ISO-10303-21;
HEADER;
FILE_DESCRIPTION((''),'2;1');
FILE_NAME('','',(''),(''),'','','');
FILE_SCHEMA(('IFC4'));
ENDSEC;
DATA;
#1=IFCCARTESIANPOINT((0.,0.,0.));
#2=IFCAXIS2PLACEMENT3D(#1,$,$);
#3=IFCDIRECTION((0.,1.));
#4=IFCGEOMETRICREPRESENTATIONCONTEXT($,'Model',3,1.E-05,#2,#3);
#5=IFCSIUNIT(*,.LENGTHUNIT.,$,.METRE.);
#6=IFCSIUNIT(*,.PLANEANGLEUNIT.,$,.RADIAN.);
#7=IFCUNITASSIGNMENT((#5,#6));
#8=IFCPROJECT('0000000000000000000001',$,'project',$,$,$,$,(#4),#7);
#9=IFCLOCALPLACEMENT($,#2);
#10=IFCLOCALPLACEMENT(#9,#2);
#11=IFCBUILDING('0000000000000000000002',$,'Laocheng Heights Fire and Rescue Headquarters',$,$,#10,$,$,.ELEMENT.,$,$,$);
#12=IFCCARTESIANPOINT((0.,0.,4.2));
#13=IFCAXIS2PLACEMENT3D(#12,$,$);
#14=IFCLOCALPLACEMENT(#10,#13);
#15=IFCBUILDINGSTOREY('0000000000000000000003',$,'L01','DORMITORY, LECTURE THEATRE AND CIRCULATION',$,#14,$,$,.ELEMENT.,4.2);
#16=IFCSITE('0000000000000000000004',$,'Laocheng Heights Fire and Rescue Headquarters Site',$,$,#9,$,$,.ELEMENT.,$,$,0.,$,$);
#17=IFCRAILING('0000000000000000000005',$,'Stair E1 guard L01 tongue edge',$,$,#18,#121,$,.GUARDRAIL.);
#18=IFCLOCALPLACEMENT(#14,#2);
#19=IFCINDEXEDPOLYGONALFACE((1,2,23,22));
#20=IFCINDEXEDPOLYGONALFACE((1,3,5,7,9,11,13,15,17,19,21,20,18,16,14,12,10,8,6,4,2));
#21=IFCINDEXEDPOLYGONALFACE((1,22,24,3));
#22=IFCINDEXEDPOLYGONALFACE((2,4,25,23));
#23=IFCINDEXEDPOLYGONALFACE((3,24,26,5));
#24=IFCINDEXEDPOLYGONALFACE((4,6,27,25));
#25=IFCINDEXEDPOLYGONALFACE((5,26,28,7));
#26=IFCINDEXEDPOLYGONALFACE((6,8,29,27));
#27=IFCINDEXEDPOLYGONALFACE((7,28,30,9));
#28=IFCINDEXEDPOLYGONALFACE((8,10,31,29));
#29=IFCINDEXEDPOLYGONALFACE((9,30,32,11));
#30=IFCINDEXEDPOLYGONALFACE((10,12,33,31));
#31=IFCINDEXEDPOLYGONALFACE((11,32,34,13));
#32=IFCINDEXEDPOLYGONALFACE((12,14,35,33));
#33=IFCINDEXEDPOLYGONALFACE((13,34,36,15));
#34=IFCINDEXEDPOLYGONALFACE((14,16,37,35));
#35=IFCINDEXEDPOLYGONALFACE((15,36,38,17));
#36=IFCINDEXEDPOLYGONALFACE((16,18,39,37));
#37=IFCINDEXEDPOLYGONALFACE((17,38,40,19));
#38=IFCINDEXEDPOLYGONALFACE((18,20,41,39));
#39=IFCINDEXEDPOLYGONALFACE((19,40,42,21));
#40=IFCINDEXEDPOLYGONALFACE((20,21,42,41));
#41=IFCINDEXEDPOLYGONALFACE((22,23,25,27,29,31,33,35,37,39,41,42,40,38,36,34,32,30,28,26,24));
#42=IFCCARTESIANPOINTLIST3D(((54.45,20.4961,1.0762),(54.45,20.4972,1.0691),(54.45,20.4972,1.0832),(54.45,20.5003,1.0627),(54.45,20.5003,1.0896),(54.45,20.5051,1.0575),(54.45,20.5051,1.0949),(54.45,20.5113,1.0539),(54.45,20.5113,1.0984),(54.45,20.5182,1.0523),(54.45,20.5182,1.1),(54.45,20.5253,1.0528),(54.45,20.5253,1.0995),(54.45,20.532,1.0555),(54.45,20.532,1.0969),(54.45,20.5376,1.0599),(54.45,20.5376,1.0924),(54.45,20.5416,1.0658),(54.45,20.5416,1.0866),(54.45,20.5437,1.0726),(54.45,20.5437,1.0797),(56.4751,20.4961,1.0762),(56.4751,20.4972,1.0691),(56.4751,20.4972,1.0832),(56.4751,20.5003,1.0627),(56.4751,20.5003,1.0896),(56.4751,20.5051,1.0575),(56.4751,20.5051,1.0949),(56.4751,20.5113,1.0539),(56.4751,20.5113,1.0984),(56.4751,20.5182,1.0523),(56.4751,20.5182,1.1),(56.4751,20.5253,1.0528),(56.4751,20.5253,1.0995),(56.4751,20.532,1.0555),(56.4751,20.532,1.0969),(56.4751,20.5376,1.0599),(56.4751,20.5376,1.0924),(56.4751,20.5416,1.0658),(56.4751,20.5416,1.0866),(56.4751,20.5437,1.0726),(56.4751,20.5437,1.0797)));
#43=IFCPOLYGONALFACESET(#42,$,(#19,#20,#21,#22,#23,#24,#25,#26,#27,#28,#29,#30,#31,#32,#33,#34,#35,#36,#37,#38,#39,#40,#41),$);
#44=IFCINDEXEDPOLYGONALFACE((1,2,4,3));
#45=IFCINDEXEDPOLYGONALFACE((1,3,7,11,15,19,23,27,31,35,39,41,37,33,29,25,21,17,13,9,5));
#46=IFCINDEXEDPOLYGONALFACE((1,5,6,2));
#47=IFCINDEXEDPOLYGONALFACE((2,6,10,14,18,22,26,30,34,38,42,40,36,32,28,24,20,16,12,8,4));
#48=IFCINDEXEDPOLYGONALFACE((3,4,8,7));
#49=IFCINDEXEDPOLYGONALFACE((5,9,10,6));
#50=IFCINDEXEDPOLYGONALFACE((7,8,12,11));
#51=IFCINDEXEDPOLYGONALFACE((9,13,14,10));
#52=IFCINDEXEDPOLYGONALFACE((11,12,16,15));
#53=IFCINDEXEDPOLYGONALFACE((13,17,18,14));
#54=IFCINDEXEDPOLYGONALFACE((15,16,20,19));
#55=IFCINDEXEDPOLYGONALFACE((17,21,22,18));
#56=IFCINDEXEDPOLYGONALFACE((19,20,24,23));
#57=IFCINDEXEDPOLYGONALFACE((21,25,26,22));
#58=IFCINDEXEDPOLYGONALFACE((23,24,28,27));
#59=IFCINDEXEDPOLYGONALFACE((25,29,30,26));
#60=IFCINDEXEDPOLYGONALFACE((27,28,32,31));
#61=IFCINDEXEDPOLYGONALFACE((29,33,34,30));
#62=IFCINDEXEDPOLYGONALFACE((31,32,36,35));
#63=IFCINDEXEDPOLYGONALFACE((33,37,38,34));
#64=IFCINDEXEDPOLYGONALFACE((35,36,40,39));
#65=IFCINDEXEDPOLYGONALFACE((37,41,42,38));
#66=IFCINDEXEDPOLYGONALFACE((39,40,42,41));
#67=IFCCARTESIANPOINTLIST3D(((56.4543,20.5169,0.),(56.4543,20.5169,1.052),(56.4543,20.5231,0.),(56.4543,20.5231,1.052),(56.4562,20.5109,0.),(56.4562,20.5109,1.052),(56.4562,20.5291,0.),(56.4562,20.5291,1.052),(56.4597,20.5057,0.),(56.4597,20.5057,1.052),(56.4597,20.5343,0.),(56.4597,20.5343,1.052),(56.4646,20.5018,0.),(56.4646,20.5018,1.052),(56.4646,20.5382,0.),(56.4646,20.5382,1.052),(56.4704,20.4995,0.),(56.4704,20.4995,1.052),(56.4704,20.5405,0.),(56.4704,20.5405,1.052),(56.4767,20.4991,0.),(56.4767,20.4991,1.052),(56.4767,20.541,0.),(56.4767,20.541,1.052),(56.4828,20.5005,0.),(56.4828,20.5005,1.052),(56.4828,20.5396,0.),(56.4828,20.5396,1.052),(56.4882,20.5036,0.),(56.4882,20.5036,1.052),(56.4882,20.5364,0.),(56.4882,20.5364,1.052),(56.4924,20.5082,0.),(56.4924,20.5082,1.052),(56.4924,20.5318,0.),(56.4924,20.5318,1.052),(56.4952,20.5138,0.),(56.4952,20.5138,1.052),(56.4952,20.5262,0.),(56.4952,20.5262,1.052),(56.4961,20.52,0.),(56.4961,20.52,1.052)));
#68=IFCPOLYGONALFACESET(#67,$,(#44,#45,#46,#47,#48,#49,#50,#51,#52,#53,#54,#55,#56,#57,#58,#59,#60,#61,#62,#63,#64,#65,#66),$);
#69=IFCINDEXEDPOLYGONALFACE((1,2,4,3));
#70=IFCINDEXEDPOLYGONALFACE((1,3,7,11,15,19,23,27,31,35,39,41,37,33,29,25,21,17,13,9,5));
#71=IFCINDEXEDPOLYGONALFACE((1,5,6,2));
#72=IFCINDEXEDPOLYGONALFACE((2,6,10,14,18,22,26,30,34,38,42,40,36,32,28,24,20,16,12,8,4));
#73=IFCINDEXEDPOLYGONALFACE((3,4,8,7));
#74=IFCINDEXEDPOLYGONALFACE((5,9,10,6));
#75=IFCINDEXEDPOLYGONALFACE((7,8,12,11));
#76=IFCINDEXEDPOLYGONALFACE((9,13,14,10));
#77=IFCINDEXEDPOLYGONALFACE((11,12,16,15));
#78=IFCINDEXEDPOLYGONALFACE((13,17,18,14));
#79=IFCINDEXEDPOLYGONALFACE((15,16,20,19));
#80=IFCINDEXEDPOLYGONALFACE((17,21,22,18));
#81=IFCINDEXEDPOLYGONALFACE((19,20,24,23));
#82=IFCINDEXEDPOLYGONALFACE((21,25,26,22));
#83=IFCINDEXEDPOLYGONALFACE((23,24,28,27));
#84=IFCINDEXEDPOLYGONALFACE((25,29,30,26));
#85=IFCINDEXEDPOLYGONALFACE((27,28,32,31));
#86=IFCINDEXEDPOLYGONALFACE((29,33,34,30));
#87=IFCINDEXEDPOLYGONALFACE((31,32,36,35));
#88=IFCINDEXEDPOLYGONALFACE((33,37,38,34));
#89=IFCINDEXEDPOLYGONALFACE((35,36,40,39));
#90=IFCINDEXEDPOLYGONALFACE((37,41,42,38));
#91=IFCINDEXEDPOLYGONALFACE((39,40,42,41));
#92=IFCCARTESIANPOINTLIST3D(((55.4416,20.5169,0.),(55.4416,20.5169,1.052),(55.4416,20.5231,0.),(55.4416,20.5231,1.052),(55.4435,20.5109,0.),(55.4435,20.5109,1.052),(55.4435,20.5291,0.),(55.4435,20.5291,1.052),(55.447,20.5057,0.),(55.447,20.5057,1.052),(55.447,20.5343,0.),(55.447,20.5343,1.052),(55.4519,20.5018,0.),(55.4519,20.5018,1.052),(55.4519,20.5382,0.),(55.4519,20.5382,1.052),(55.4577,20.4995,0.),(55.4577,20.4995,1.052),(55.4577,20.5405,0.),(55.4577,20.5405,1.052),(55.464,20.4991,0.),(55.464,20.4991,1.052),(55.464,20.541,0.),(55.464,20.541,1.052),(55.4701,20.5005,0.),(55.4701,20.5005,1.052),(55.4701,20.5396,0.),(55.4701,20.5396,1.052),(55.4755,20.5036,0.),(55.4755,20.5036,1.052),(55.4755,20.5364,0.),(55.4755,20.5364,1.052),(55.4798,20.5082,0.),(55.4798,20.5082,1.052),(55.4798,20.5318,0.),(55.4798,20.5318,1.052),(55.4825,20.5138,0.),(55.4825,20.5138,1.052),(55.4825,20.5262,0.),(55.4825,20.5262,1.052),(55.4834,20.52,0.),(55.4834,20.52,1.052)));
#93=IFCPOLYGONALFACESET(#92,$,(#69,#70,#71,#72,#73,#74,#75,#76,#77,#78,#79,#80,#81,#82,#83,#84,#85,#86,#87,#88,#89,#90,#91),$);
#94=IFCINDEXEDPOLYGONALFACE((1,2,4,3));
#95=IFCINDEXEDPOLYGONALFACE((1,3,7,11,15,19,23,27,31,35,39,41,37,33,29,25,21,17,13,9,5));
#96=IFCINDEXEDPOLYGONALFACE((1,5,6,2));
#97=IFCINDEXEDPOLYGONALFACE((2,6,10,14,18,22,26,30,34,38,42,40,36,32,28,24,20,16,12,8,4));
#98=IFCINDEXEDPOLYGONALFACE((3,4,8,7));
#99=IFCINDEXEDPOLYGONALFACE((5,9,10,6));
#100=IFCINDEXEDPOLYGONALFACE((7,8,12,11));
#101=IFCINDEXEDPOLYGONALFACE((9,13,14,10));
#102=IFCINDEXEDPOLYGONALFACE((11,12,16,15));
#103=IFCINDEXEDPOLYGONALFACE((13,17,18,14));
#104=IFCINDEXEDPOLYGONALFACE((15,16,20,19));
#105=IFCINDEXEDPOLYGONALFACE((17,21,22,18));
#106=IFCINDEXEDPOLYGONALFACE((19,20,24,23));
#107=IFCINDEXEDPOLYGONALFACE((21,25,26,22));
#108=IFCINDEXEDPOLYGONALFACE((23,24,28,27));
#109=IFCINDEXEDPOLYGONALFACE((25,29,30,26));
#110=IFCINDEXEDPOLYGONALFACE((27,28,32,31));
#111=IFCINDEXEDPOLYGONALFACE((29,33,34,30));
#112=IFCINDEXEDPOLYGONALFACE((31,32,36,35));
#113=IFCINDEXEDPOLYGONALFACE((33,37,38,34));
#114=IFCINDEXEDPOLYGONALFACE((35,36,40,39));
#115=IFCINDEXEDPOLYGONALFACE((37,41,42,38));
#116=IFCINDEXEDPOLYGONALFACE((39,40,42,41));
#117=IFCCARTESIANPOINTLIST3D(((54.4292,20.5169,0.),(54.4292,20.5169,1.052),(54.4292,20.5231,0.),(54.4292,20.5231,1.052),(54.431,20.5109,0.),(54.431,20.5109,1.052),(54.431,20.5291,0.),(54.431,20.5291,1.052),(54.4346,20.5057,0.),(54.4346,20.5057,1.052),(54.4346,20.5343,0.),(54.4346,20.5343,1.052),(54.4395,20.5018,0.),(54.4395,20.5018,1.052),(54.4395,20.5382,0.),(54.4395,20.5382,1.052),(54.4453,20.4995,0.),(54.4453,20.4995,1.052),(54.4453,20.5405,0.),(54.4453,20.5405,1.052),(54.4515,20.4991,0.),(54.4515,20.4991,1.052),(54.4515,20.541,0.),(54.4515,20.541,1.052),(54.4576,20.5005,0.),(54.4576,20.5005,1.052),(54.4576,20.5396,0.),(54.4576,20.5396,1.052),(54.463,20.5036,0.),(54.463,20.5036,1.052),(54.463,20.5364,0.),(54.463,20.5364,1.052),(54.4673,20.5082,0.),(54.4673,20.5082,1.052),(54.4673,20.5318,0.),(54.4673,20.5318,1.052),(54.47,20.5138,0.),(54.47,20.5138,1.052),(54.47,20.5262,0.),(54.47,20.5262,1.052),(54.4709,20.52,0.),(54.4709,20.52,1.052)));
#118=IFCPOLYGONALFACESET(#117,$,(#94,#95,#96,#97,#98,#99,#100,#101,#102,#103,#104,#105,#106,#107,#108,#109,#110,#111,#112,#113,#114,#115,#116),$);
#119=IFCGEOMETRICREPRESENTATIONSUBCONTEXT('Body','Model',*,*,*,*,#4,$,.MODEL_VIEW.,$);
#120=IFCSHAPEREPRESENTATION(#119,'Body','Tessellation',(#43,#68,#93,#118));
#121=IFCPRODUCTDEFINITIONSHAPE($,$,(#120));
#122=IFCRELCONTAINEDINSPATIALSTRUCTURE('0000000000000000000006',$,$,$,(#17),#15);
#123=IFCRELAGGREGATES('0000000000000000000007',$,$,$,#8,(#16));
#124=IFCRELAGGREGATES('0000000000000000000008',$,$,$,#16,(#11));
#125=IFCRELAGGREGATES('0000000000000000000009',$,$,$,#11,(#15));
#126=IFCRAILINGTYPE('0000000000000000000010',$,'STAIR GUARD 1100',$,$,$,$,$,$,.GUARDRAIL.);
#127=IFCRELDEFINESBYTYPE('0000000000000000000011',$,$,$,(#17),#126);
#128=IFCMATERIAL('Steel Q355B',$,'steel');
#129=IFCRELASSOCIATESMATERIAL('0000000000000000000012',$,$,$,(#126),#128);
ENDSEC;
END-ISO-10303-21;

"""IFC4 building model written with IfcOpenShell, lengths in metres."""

from ifc_helpers import new_model, si_unit, direction, frame, origin, origin_2d, place, context, subcontext, project, spatial, circle, extrude, material, type_object, element, save


model = new_model("IFC4")

# Units and contexts
model_context = context("Model", 3, precision=1e-05, world=origin(), true_north=direction((0.0, 1.0)))
body_context = subcontext(model_context, "Body", "Model", "MODEL_VIEW")
ifc_project = project(units=[si_unit("LENGTHUNIT", "METRE"), si_unit("PLANEANGLEUNIT", "RADIAN")], contexts=[model_context])

# Site, building, storey
site_placement = place(None, origin())
site = spatial("IfcSite", under=ifc_project, at=site_placement, Name="Laocheng Heights Fire and Rescue Headquarters Site", CompositionType="ELEMENT", RefElevation=0.0)
building_placement = place(site_placement, origin())
building = spatial("IfcBuilding", under=site, at=building_placement, Name="Laocheng Heights Fire and Rescue Headquarters", CompositionType="ELEMENT")
storey_placement = place(building_placement, frame((0.0, 0.0, 4.2)))
storey = spatial("IfcBuildingStorey", under=building, at=storey_placement, Name="L01", Description="DORMITORY, LECTURE THEATRE AND CIRCULATION", CompositionType="ELEMENT", Elevation=4.2)

# Railing
ifc_material_1 = material(Name="Steel Q355B", Category="steel")
railing_type_1 = type_object("IfcRailingType", Name="STAIR GUARD 1100", PredefinedType="GUARDRAIL", material=ifc_material_1)
railing_1_placement = place(storey_placement, frame((56.4751, 20.52, 0.0)))
element("IfcRailing", 1, at=railing_1_placement, inside=storey, type_object=railing_type_1, Name="Stair E1 guard L01 tongue edge", PredefinedType="GUARDRAIL", context=body_context, shape_type="SweptSolid", body=[
    extrude(circle(Radius=0.0239, at=origin_2d()), frame((0.0, 0.0, 1.0762), z_axis=(-1.0, 0.0, 0.0), x_axis=(0.0, -1.0, 0.0)), (0.0, 0.0, 1.0), 2.0251),
    extrude(circle(Radius=0.021, at=origin_2d()), origin(), (0.0, 0.0, 1.0), 1.052),
    extrude(circle(Radius=0.021, at=origin_2d()), frame((-1.0127, 0.0, 0.0)), (0.0, 0.0, 1.0), 1.052),
    extrude(circle(Radius=0.021, at=origin_2d()), frame((-2.0251, 0.0, 0.0)), (0.0, 0.0, 1.0), 1.052),
])

save(model, "model.ifc")
